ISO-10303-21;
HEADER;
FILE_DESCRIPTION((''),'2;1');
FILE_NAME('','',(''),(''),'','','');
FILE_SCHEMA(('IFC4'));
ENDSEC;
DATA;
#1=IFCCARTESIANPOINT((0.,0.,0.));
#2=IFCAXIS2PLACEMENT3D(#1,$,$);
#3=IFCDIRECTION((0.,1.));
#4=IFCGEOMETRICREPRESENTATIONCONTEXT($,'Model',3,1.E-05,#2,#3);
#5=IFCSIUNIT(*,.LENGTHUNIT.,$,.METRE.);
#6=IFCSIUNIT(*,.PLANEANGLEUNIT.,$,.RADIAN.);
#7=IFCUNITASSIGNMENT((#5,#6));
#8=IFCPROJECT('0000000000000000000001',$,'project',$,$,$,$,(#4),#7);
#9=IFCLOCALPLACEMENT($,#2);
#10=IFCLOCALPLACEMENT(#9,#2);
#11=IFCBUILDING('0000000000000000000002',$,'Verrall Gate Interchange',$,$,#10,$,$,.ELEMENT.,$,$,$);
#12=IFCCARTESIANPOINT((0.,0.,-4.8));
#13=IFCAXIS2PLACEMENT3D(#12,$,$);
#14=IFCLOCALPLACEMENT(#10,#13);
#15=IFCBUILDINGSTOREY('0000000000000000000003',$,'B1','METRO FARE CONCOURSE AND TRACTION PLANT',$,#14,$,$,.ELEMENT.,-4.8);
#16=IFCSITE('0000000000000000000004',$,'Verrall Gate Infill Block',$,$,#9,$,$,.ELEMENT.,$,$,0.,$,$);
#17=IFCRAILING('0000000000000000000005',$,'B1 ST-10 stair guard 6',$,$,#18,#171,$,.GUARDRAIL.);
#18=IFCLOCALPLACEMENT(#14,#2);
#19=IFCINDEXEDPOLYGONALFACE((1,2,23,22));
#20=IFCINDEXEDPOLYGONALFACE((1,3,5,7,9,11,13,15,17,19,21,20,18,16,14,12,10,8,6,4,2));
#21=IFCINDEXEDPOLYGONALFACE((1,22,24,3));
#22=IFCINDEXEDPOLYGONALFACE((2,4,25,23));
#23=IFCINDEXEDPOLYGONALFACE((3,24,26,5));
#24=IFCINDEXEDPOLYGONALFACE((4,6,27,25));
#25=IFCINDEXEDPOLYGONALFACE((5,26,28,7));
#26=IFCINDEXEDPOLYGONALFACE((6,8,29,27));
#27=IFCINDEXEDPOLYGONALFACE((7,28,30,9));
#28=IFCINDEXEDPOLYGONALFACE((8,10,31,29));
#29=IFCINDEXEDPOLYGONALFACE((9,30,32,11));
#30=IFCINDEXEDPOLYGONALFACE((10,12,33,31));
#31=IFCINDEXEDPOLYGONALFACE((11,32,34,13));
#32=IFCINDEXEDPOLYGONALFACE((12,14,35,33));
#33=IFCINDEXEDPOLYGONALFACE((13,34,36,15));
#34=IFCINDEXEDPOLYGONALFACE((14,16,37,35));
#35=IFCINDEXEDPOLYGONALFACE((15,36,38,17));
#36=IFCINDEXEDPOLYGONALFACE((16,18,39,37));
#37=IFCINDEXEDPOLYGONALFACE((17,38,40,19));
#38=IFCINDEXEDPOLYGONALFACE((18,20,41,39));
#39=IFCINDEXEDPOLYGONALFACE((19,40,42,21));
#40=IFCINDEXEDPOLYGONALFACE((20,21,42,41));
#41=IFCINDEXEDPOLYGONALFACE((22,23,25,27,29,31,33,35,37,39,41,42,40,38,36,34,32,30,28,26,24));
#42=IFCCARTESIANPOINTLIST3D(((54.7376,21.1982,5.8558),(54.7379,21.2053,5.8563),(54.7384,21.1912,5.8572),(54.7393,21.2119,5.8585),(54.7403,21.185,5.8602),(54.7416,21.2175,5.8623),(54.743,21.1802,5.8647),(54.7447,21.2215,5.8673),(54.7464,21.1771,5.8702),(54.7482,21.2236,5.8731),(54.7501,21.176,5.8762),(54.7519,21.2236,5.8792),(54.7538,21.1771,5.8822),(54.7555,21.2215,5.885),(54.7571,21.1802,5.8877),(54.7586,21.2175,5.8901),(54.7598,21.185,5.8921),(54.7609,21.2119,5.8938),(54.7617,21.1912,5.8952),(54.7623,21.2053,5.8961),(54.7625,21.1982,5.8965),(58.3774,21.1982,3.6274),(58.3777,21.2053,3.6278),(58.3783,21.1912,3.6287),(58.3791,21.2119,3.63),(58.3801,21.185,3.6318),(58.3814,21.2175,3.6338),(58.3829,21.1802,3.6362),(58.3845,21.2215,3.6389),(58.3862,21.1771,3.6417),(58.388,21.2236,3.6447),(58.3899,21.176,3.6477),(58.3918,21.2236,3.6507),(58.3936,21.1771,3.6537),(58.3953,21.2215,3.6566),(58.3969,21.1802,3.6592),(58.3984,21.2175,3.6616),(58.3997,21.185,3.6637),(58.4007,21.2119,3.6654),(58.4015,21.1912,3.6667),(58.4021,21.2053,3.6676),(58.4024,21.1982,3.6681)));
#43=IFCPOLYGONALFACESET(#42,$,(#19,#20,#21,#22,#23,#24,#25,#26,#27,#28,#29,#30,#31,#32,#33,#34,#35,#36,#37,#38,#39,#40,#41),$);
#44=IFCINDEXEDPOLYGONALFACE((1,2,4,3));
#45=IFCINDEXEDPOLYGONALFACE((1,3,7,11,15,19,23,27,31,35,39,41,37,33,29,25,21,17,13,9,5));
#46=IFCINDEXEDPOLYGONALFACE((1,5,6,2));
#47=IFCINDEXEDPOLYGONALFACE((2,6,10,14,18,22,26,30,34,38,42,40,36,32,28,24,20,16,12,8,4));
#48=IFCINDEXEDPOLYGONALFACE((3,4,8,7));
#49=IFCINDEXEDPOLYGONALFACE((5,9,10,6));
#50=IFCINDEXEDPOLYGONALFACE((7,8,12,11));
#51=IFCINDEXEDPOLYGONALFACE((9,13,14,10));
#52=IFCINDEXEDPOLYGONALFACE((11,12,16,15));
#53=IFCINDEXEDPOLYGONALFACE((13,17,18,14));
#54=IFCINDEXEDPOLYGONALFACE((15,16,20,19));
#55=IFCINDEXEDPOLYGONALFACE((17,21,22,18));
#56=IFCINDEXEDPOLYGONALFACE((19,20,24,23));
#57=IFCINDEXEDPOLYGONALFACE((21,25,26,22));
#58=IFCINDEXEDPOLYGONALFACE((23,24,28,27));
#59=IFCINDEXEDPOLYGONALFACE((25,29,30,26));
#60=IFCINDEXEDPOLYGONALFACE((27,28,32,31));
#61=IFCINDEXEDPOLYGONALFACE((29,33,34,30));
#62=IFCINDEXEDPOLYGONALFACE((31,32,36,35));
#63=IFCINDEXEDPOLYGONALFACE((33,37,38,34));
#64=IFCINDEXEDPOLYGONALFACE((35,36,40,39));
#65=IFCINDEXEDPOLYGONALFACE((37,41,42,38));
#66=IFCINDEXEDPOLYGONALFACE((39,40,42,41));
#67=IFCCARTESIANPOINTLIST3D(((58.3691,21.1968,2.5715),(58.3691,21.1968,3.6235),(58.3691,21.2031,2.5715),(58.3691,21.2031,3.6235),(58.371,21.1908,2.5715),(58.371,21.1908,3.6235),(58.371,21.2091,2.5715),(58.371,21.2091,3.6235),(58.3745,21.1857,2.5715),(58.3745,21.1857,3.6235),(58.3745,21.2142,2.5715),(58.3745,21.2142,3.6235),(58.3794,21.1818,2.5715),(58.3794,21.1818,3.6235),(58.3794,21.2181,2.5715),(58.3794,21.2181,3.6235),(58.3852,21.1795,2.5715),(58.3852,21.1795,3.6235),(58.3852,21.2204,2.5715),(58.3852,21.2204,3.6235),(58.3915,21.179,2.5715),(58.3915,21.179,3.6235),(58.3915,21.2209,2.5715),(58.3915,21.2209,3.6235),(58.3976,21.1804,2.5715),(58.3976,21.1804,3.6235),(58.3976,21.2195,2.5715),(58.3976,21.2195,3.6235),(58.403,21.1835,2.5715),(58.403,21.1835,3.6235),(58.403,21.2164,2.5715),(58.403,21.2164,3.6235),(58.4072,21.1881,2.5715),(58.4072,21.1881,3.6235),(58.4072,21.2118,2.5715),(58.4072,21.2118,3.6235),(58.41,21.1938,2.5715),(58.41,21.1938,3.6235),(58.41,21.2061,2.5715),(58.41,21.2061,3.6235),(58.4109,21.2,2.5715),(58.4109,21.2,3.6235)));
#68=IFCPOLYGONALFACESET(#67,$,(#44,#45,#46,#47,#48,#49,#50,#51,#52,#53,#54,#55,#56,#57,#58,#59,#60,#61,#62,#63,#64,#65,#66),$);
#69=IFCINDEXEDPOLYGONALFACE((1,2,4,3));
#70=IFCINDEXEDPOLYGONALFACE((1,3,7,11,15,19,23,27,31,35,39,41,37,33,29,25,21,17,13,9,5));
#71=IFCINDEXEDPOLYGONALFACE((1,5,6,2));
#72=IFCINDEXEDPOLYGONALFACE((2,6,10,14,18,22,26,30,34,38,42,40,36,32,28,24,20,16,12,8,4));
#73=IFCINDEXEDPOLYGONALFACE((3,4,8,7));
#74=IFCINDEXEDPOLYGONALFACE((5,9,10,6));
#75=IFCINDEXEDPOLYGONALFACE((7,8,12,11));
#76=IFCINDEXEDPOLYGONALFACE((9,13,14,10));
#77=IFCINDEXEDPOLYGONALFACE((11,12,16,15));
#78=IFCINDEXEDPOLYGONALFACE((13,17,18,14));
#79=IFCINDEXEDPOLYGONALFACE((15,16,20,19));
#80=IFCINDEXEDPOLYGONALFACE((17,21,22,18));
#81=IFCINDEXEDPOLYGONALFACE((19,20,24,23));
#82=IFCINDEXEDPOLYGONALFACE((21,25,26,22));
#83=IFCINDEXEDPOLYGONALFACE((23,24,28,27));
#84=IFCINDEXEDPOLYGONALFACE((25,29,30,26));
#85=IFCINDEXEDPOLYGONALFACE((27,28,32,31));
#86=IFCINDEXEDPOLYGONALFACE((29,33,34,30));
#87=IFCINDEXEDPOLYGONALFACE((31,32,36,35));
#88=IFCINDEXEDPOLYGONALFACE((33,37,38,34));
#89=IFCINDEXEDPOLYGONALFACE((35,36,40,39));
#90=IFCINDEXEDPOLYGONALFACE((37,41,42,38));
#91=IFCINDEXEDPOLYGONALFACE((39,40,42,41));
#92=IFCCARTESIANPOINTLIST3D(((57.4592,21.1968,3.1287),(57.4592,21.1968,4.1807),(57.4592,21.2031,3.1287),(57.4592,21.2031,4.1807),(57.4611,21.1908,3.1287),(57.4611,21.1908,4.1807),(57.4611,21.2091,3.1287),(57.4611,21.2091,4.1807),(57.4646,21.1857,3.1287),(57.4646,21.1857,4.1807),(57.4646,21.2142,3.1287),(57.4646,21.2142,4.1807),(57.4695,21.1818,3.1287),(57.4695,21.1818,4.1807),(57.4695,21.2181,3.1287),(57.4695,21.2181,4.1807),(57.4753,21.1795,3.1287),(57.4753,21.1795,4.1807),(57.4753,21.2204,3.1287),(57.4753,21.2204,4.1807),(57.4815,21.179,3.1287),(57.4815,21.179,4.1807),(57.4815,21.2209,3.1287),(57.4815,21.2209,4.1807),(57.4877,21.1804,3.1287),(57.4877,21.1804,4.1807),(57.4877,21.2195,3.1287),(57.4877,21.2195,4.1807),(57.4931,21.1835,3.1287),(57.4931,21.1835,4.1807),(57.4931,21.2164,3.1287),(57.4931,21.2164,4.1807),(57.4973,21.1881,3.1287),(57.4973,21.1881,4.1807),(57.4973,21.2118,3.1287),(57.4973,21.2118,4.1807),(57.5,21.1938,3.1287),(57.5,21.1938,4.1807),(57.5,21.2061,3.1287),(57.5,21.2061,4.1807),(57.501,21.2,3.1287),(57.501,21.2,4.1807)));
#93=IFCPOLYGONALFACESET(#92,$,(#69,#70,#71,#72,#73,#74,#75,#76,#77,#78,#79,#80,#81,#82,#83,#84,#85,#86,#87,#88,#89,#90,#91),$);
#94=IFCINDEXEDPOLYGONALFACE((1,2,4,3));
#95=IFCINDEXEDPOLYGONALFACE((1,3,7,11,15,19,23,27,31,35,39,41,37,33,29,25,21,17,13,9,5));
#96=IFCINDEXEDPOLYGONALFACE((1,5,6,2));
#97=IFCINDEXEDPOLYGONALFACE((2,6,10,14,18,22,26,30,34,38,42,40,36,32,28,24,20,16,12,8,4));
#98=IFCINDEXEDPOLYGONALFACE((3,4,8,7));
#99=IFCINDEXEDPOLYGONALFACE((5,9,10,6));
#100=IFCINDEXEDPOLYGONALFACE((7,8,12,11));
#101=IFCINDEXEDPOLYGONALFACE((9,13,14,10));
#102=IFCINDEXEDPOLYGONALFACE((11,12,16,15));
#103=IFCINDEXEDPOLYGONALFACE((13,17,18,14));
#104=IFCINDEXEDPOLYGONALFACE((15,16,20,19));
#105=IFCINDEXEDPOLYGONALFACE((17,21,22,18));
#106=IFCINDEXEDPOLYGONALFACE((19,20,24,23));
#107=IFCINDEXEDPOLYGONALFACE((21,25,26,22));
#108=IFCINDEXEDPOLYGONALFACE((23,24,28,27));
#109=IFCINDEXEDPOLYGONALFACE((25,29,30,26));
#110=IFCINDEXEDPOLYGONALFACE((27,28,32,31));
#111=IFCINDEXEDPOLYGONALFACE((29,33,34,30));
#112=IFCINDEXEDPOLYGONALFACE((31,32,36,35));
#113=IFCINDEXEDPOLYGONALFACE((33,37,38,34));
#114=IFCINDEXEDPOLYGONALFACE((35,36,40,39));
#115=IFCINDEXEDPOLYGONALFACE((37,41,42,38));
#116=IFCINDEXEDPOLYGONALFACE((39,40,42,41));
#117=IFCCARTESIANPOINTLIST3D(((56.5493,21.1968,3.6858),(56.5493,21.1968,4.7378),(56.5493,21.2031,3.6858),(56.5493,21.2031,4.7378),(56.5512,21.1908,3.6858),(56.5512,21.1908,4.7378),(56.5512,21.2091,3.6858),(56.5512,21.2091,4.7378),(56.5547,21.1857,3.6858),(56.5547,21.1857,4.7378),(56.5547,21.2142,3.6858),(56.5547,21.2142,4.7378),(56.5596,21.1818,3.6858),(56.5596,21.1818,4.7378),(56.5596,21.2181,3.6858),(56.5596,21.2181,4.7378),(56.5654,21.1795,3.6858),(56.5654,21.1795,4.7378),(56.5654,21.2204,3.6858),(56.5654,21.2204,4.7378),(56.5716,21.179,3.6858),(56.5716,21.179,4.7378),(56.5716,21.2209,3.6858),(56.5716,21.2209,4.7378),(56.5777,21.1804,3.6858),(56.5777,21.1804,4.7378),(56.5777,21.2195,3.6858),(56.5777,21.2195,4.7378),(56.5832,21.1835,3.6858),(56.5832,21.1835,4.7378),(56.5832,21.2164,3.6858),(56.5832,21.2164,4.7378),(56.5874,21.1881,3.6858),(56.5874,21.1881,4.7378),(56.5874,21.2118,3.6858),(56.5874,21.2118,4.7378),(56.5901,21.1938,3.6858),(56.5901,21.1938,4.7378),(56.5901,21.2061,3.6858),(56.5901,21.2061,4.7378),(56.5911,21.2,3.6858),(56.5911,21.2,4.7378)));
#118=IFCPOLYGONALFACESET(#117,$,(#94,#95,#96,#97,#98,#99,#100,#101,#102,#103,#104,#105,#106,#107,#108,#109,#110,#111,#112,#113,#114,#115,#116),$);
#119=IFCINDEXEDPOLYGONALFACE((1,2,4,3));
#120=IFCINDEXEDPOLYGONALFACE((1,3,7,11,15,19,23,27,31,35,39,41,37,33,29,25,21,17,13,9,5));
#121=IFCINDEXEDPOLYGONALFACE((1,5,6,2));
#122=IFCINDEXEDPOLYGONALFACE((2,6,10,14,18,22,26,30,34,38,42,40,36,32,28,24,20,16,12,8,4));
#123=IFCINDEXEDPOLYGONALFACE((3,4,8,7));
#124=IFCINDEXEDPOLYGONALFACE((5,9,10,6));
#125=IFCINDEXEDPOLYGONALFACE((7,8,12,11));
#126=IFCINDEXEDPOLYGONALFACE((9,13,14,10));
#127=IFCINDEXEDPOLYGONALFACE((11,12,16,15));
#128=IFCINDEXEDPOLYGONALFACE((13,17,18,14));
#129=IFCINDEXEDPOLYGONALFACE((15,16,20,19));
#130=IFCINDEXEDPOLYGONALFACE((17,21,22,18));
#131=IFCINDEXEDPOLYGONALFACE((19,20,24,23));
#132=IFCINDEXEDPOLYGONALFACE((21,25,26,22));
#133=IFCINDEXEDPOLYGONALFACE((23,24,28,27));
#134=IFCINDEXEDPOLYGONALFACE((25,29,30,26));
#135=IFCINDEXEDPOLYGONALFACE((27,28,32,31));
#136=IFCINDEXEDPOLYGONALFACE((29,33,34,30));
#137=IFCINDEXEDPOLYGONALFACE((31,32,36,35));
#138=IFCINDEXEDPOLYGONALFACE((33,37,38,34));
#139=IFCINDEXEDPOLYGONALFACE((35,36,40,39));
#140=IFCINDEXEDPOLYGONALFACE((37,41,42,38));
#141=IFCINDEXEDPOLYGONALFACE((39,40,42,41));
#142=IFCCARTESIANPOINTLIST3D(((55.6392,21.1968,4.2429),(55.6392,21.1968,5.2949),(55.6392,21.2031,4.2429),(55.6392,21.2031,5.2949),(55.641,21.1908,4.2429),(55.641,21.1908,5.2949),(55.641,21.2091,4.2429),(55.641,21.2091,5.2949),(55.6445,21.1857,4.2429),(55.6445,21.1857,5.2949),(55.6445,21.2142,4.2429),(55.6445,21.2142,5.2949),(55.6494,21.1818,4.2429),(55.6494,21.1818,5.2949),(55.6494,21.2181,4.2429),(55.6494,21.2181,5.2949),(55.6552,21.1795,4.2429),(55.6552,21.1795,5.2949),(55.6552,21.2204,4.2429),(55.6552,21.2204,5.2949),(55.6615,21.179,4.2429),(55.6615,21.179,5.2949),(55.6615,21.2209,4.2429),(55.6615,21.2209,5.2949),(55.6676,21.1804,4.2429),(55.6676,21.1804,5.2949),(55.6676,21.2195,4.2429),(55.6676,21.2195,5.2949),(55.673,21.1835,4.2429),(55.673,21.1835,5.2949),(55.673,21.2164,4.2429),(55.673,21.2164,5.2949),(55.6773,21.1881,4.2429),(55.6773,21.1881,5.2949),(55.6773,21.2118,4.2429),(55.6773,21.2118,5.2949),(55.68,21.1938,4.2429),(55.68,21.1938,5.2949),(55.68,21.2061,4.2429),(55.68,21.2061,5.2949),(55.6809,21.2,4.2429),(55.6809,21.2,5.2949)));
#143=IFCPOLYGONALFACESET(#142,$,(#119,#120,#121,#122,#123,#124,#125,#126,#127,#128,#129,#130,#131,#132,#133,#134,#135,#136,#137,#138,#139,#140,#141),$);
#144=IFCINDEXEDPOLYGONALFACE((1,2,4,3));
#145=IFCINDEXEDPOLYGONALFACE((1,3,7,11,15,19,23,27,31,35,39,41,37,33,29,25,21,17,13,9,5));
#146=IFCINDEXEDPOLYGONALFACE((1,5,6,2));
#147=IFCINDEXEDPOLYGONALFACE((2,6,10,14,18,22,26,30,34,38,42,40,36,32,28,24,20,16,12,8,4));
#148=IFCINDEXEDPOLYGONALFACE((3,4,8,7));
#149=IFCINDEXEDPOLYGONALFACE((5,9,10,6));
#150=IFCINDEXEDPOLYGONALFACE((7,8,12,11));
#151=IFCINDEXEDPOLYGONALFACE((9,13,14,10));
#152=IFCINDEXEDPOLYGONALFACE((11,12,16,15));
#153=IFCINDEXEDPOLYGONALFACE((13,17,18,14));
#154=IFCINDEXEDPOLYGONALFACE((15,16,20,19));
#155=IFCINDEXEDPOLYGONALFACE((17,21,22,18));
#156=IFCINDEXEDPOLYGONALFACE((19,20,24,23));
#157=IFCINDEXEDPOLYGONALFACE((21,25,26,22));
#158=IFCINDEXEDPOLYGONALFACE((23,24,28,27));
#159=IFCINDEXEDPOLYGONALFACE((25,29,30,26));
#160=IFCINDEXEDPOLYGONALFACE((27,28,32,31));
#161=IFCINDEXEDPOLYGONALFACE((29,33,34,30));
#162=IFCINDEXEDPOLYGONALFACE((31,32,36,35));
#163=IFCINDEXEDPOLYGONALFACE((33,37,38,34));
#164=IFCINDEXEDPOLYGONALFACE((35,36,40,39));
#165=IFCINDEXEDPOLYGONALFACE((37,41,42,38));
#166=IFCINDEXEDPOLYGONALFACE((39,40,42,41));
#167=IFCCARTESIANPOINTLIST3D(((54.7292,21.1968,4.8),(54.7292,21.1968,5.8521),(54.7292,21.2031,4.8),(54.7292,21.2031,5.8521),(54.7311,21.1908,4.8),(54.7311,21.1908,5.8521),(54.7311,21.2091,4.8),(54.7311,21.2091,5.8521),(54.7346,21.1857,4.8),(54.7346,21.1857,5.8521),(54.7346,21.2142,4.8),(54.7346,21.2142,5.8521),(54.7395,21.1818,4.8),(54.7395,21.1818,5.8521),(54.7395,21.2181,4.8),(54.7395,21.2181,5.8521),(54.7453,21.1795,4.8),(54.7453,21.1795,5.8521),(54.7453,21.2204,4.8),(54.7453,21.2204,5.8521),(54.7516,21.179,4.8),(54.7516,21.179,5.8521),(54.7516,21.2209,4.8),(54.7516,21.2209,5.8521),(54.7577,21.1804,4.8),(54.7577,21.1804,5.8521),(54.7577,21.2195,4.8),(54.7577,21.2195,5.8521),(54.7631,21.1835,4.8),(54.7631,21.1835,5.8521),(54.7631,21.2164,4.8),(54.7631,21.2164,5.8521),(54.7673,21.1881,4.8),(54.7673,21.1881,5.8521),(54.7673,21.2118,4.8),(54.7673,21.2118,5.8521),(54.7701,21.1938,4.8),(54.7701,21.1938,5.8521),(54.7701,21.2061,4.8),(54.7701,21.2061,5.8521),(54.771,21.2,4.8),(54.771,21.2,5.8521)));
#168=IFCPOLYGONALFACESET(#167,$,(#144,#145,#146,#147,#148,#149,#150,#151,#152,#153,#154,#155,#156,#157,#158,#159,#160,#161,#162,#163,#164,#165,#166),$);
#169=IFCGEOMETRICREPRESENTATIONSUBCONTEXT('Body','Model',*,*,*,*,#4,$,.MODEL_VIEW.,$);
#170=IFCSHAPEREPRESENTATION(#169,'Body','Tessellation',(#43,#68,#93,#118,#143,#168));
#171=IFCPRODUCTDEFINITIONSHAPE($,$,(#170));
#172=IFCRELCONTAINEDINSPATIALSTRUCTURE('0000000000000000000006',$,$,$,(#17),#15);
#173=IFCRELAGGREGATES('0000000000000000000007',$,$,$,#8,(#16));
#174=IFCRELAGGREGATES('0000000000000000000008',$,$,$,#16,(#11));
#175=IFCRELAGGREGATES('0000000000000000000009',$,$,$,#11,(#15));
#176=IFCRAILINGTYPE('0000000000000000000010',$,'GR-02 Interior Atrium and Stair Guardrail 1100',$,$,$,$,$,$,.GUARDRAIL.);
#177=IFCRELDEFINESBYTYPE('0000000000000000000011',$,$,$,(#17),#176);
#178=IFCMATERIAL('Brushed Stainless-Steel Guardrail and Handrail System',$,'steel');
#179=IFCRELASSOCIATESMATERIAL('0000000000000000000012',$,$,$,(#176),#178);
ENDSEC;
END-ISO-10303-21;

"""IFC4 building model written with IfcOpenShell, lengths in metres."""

from ifc_helpers import new_model, si_unit, direction, frame, origin, origin_2d, place, context, subcontext, project, spatial, circle, extrude, material, type_object, element, save


model = new_model("IFC4")

# Units and contexts
model_context = context("Model", 3, precision=1e-05, world=origin(), true_north=direction((0.0, 1.0)))
body_context = subcontext(model_context, "Body", "Model", "MODEL_VIEW")
ifc_project = project(units=[si_unit("LENGTHUNIT", "METRE"), si_unit("PLANEANGLEUNIT", "RADIAN")], contexts=[model_context])

# Site, building, storey
site_placement = place(None, origin())
site = spatial("IfcSite", under=ifc_project, at=site_placement, Name="Verrall Gate Infill Block", CompositionType="ELEMENT", RefElevation=0.0)
building_placement = place(site_placement, origin())
building = spatial("IfcBuilding", under=site, at=building_placement, Name="Verrall Gate Interchange", CompositionType="ELEMENT")
storey_placement = place(building_placement, frame((0.0, 0.0, -4.8)))
storey = spatial("IfcBuildingStorey", under=building, at=storey_placement, Name="B1", Description="METRO FARE CONCOURSE AND TRACTION PLANT", CompositionType="ELEMENT", Elevation=-4.8)

# Railing
ifc_material_1 = material(Name="Brushed Stainless-Steel Guardrail and Handrail System", Category="steel")
railing_type_1 = type_object("IfcRailingType", Name="GR-02 Interior Atrium and Stair Guardrail 1100", PredefinedType="GUARDRAIL", material=ifc_material_1)
railing_1_placement = place(storey_placement, frame((58.3899, 21.2, 2.5715)))
element("IfcRailing", 1, at=railing_1_placement, inside=storey, type_object=railing_type_1, Name="B1 ST-10 stair guard 6", PredefinedType="GUARDRAIL", context=body_context, shape_type="SweptSolid", body=[
    extrude(circle(Radius=0.0239, at=origin_2d()), frame((0.0, 0.0, 1.0762), z_axis=(-0.85285, 0.0, 0.522156), x_axis=(0.0, -1.0, 0.0)), (0.0, 0.0, 1.0), 4.2678),
    extrude(circle(Radius=0.021, at=origin_2d()), origin(), (0.0, 0.0, 1.0), 1.052),
    extrude(circle(Radius=0.021, at=origin_2d()), frame((-0.9099, 0.0, 0.5571)), (0.0, 0.0, 1.0), 1.052),
    extrude(circle(Radius=0.021, at=origin_2d()), frame((-1.8198, 0.0, 1.1143)), (0.0, 0.0, 1.0), 1.052),
    extrude(circle(Radius=0.021, at=origin_2d()), frame((-2.73, 0.0, 1.6714)), (0.0, 0.0, 1.0), 1.052),
    extrude(circle(Radius=0.021, at=origin_2d()), frame((-3.6399, 0.0, 2.2285)), (0.0, 0.0, 1.0), 1.052),
])

save(model, "model.ifc")
